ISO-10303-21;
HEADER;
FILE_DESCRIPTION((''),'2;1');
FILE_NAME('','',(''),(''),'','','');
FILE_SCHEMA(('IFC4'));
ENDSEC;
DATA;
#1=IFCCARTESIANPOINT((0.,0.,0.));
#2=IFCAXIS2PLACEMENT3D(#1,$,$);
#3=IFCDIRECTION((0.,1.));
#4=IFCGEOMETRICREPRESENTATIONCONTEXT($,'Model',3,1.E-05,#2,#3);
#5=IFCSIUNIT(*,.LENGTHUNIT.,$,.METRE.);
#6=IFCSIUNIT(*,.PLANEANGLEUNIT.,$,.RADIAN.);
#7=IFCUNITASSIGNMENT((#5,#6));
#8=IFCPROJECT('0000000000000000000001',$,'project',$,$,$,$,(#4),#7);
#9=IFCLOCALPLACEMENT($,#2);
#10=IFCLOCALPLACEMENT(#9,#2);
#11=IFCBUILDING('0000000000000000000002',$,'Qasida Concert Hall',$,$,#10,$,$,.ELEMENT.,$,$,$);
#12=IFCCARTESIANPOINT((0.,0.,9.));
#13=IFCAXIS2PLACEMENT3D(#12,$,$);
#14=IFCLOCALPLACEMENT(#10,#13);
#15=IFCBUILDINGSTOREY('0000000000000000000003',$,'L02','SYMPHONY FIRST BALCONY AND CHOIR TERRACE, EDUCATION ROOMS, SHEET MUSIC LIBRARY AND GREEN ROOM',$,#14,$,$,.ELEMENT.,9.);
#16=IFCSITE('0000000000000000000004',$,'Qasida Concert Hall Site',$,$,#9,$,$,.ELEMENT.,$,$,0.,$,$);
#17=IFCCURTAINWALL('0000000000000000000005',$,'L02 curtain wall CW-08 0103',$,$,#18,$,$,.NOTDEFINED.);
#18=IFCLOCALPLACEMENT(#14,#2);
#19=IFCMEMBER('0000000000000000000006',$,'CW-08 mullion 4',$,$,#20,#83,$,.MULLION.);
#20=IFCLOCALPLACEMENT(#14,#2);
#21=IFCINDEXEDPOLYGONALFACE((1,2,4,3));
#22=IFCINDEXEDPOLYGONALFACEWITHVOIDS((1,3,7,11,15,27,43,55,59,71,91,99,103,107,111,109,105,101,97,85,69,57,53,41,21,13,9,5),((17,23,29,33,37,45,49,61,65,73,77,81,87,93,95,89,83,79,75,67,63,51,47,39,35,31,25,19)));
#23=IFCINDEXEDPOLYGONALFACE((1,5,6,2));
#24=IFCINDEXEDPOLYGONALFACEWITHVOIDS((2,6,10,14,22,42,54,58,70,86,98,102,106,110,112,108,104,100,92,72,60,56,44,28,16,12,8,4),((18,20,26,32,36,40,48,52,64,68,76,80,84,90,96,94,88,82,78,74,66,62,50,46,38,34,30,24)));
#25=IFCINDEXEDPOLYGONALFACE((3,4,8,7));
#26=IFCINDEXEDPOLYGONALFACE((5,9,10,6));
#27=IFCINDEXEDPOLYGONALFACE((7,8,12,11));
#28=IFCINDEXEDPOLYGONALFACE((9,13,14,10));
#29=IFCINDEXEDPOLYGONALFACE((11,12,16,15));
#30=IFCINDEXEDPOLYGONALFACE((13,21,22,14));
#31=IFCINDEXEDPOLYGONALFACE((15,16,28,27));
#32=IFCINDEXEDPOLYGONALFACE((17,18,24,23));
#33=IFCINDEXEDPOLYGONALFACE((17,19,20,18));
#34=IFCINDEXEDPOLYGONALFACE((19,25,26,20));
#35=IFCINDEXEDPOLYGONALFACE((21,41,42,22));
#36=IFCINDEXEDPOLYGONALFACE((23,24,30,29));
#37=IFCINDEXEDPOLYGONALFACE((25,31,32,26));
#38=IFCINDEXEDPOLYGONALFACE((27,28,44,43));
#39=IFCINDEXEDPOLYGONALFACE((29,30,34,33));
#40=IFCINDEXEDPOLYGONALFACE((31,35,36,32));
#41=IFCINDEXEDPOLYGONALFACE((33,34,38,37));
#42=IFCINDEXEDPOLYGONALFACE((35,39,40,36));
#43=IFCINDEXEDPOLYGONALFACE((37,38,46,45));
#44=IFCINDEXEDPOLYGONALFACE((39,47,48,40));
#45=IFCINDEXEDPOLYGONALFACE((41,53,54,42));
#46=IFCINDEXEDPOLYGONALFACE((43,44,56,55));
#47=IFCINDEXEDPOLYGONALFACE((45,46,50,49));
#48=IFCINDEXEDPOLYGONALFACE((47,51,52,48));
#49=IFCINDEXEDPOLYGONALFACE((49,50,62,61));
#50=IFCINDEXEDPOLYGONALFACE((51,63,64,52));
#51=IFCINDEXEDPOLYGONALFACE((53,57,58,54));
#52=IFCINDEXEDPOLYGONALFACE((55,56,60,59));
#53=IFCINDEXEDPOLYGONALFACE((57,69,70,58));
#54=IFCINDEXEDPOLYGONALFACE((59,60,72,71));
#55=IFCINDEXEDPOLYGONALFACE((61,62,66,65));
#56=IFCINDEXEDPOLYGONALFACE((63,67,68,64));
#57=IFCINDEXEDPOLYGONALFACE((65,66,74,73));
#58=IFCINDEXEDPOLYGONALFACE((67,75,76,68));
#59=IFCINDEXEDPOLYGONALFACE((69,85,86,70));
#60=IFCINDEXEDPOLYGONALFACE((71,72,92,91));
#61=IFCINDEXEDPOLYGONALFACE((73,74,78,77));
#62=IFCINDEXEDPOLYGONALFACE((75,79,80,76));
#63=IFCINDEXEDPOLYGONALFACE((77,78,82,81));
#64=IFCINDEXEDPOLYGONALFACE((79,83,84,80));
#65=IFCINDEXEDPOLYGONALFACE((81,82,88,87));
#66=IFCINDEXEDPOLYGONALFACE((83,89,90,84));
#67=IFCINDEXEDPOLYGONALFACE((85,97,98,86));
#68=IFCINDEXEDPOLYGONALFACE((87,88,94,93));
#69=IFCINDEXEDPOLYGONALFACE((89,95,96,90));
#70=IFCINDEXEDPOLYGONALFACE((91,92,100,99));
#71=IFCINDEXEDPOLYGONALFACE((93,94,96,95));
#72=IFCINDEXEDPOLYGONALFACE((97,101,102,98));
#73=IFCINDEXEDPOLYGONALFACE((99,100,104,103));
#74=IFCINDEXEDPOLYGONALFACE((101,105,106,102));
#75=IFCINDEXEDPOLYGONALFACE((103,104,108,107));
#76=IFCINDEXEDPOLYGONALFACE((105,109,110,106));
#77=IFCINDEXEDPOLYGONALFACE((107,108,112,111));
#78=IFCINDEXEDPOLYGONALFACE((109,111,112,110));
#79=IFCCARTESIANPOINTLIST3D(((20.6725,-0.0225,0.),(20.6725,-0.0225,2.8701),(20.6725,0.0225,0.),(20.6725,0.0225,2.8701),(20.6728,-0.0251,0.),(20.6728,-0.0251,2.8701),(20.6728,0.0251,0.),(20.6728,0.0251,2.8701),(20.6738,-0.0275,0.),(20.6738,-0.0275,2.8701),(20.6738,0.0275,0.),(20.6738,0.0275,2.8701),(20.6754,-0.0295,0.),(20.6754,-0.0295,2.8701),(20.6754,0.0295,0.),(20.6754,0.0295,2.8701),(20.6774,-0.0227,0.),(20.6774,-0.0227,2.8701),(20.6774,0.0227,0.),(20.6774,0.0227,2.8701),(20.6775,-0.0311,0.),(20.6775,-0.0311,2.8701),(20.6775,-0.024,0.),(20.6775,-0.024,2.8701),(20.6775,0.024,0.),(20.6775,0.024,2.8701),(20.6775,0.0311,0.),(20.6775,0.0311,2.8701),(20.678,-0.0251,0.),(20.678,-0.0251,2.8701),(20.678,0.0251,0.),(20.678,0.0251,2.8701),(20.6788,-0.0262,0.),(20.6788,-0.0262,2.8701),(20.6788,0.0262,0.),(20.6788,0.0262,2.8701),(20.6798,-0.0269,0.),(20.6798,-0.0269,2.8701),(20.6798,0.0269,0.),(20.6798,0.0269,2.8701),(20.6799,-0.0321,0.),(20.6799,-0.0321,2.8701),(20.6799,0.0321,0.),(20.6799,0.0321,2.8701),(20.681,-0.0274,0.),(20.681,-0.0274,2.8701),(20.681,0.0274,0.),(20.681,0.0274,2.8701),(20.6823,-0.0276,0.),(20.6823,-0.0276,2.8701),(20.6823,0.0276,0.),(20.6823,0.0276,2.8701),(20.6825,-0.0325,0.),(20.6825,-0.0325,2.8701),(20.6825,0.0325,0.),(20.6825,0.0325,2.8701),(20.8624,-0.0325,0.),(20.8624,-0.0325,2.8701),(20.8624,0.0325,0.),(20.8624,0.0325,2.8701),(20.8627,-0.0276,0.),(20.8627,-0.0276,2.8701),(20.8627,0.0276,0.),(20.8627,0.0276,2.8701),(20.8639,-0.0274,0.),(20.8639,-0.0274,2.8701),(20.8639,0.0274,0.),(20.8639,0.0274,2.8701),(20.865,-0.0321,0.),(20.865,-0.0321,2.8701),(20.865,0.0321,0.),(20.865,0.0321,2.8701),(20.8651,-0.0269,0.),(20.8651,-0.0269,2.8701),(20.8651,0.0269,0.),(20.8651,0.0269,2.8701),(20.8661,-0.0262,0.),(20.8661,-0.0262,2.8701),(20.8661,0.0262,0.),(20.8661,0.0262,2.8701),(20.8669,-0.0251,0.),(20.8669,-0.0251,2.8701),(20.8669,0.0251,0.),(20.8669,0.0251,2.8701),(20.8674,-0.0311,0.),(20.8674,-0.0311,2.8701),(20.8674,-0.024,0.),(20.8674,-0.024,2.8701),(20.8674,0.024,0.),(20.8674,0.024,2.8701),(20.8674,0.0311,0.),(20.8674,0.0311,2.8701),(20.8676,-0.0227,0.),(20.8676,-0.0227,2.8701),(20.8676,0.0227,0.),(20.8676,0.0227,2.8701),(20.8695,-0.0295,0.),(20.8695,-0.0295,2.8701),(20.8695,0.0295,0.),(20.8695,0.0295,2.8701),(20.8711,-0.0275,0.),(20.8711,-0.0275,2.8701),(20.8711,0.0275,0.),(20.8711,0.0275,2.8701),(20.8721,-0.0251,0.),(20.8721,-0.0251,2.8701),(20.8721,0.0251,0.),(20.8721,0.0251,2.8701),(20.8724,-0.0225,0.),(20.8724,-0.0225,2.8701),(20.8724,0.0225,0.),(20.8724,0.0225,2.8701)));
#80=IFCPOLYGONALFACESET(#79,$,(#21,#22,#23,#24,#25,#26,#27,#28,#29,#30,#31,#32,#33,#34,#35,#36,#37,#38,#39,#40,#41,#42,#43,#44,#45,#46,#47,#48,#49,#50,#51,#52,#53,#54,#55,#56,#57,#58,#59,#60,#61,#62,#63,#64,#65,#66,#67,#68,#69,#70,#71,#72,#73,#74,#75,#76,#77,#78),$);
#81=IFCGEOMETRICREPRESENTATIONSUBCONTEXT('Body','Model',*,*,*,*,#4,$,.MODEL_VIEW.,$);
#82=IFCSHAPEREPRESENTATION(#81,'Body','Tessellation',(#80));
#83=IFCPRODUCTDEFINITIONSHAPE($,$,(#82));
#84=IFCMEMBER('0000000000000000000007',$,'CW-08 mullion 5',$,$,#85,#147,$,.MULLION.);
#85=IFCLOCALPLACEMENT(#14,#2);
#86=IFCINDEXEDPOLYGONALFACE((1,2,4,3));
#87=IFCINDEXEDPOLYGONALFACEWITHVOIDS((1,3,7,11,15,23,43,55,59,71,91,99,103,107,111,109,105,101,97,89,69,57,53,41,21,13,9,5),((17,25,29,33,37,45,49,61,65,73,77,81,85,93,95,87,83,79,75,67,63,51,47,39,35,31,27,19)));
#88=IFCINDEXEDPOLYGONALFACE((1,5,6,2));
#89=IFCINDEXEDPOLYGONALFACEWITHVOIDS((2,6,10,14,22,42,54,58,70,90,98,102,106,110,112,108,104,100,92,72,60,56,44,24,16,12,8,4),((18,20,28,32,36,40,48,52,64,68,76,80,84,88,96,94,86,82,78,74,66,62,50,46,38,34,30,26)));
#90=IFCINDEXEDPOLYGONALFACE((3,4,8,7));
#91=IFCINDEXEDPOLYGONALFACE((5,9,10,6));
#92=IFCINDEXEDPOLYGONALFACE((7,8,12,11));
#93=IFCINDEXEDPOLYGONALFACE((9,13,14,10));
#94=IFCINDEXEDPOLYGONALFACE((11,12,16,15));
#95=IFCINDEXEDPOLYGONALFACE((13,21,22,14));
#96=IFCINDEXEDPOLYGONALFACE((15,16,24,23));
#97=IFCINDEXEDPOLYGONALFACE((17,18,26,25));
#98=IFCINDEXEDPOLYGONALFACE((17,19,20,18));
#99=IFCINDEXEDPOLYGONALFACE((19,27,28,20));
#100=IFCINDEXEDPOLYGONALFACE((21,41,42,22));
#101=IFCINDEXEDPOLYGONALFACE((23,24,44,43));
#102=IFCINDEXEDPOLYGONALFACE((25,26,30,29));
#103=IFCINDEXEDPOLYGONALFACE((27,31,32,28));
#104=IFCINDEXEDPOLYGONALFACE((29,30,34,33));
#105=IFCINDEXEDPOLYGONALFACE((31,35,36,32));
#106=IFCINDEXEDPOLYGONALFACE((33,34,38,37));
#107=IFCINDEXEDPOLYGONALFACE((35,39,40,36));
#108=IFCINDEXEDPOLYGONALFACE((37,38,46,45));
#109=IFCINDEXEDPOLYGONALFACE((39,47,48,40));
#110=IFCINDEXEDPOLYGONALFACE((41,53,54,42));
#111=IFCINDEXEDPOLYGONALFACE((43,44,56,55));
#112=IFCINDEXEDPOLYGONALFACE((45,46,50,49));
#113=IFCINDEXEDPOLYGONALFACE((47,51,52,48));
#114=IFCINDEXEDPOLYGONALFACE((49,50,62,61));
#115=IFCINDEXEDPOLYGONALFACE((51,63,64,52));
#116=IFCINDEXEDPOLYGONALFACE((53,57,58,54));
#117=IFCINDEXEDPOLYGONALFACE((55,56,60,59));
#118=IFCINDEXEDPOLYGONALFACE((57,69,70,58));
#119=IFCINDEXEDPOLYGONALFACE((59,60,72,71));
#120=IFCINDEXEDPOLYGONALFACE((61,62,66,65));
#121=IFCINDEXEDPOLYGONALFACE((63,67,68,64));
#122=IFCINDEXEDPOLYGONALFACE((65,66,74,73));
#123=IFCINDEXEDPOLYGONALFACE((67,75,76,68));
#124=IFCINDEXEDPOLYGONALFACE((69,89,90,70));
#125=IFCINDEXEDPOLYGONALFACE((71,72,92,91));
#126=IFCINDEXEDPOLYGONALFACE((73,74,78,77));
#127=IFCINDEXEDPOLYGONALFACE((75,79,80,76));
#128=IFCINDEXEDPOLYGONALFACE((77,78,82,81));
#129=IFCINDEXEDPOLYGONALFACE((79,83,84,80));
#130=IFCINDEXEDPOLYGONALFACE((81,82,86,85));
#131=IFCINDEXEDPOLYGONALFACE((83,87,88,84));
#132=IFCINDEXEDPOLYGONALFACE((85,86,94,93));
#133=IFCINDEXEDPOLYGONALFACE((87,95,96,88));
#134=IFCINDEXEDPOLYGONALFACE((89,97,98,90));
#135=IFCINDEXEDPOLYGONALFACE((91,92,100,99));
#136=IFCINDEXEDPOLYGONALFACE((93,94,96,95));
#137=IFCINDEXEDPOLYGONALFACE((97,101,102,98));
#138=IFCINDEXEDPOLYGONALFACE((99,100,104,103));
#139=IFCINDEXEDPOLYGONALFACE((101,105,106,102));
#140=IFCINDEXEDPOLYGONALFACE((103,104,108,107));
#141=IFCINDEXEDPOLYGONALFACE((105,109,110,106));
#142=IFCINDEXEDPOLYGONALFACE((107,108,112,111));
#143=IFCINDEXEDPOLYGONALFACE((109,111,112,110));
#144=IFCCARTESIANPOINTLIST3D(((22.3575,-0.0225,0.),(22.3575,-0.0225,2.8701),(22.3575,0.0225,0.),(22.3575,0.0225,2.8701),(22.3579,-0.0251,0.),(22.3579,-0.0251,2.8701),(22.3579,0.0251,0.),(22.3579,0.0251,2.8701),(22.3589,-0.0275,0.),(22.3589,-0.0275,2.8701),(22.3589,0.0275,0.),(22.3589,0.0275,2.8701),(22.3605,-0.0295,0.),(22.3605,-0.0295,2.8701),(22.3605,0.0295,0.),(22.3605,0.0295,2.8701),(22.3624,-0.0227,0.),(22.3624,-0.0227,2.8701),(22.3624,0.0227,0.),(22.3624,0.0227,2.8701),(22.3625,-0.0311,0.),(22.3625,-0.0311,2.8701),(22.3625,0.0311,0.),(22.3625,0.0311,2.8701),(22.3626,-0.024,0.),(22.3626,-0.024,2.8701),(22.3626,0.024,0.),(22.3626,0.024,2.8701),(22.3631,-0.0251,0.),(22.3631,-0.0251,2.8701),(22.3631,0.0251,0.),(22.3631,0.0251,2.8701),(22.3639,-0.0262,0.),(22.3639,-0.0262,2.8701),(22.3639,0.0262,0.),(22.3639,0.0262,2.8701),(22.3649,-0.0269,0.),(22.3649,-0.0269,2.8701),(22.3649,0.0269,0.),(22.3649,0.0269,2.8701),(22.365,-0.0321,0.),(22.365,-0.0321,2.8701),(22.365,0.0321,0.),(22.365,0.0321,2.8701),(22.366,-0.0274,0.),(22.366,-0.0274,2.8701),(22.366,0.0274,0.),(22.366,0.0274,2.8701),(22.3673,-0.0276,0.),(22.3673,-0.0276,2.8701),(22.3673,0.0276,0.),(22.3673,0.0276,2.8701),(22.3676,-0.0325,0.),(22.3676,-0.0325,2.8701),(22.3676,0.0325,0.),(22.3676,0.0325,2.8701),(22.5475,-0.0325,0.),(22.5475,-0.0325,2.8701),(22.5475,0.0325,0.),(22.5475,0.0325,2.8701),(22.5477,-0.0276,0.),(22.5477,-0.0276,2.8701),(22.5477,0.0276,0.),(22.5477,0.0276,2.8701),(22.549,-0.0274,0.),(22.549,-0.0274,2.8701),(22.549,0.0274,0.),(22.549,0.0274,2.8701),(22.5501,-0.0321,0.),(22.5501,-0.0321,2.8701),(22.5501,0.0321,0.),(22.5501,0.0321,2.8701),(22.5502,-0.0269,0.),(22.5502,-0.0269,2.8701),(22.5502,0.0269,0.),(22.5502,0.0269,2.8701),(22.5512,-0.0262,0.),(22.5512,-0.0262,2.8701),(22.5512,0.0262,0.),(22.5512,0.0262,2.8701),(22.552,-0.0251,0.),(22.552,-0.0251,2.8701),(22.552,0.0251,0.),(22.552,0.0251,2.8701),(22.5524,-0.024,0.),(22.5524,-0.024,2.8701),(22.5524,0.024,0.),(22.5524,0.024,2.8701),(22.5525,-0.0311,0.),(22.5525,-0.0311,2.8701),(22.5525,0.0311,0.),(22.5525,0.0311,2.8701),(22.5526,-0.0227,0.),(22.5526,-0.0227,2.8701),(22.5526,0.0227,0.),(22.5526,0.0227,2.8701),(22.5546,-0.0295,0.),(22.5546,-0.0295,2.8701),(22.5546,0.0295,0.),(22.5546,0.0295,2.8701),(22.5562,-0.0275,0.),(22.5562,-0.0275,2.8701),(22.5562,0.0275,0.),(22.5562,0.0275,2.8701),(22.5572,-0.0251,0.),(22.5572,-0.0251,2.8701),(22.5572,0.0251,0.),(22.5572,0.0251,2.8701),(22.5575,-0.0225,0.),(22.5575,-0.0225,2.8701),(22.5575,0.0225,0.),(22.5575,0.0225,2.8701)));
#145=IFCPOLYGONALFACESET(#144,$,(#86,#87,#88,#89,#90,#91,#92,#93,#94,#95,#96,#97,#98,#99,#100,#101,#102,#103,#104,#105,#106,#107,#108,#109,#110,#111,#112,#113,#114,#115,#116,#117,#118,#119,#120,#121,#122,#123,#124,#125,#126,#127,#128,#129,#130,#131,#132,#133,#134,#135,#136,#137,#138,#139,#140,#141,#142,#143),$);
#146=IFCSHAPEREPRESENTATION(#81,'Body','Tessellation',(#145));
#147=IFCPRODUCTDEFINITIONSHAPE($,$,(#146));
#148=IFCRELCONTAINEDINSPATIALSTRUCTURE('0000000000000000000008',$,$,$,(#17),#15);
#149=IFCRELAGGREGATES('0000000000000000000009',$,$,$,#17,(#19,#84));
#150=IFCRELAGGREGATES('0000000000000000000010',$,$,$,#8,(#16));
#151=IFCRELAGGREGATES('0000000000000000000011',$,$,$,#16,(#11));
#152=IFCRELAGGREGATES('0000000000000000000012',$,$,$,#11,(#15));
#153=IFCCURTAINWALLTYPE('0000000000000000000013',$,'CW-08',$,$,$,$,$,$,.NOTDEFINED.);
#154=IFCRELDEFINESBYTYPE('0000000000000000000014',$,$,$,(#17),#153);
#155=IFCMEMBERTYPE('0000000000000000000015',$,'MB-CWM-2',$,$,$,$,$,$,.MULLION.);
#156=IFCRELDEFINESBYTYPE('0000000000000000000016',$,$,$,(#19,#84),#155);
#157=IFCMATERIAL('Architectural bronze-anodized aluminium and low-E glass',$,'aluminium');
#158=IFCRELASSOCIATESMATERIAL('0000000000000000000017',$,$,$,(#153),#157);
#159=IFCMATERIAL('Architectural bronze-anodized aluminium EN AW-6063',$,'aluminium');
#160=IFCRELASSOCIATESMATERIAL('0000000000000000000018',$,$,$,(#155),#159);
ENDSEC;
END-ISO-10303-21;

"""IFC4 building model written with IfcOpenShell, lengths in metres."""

from ifc_helpers import new_model, si_unit, direction, frame, origin, origin_2d, place, context, subcontext, project, spatial, hollow_rectangle, extrude, material, material_profile, profile_set, type_object, element, aggregate, save


model = new_model("IFC4")

# Units and contexts
model_context = context("Model", 3, precision=1e-05, world=origin(), true_north=direction((0.0, 1.0)))
body_context = subcontext(model_context, "Body", "Model", "MODEL_VIEW")
ifc_project = project(units=[si_unit("LENGTHUNIT", "METRE"), si_unit("PLANEANGLEUNIT", "RADIAN")], contexts=[model_context])

# Site, building, storey
site_placement = place(None, origin())
site = spatial("IfcSite", under=ifc_project, at=site_placement, Name="Qasida Concert Hall Site", CompositionType="ELEMENT", RefElevation=0.0)
building_placement = place(site_placement, origin())
building = spatial("IfcBuilding", under=site, at=building_placement, Name="Qasida Concert Hall", CompositionType="ELEMENT")
storey_placement = place(building_placement, frame((0.0, 0.0, 9.0)))
storey = spatial("IfcBuildingStorey", under=building, at=storey_placement, Name="L02", Description="SYMPHONY FIRST BALCONY AND CHOIR TERRACE, EDUCATION ROOMS, SHEET MUSIC LIBRARY AND GREEN ROOM", CompositionType="ELEMENT", Elevation=9.0)

# Curtain wall, members
ifc_material_1 = material(Name="Architectural bronze-anodized aluminium and low-E glass", Category="aluminium")
curtain_wall_type = type_object("IfcCurtainWallType", Name="CW-08", PredefinedType="NOTDEFINED", material=ifc_material_1)
curtain_wall_1_placement = place(storey_placement, origin())
curtain_wall_1 = element("IfcCurtainWall", 1, at=curtain_wall_1_placement, inside=storey, type_object=curtain_wall_type, Name="L02 curtain wall CW-08 0103", PredefinedType="NOTDEFINED")
ifc_material_2 = material(Name="Architectural bronze-anodized aluminium EN AW-6063", Category="aluminium")
ifc_material_profile_1 = material_profile(ifc_material_2, hollow_rectangle(XDim=0.0649, YDim=0.2, WallThickness=0.0049, InnerFilletRadius=0.0049, OuterFilletRadius=0.01, at=origin_2d()), Name="CWM 200x65x5")
ifc_profile_set_1 = profile_set([ifc_material_profile_1], Name="Architectural bronze-anodized aluminium EN AW-6063")
member_type_1 = type_object("IfcMemberType", Name="MB-CWM-2", PredefinedType="MULLION", material=ifc_profile_set_1)
member_1_placement = place(storey_placement, frame((20.7725, 0.0, 0.0), z_axis=(0.0, 0.0, 1.0), x_axis=(0.0, 1.0, 0.0)))
member_1 = element("IfcMember", 2, at=member_1_placement, type_object=member_type_1, Name="CW-08 mullion 4", PredefinedType="MULLION", context=body_context, shape_type="SweptSolid", body=[
    extrude(hollow_rectangle(XDim=0.0649, YDim=0.2, WallThickness=0.0049, InnerFilletRadius=0.0049, OuterFilletRadius=0.01, at=origin_2d()), origin(), (0.0, 0.0, 1.0), 2.8701),
])
member_2_placement = place(storey_placement, frame((22.4575, 0.0, 0.0), z_axis=(0.0, 0.0, 1.0), x_axis=(0.0, 1.0, 0.0)))
member_2 = element("IfcMember", 3, at=member_2_placement, type_object=member_type_1, Name="CW-08 mullion 5", PredefinedType="MULLION", context=body_context, shape_type="SweptSolid", body=[
    extrude(hollow_rectangle(XDim=0.0649, YDim=0.2, WallThickness=0.0049, InnerFilletRadius=0.0049, OuterFilletRadius=0.01, at=origin_2d()), origin(), (0.0, 0.0, 1.0), 2.8701),
])

aggregate(curtain_wall_1, [member_1, member_2])

save(model, "model.ifc")
